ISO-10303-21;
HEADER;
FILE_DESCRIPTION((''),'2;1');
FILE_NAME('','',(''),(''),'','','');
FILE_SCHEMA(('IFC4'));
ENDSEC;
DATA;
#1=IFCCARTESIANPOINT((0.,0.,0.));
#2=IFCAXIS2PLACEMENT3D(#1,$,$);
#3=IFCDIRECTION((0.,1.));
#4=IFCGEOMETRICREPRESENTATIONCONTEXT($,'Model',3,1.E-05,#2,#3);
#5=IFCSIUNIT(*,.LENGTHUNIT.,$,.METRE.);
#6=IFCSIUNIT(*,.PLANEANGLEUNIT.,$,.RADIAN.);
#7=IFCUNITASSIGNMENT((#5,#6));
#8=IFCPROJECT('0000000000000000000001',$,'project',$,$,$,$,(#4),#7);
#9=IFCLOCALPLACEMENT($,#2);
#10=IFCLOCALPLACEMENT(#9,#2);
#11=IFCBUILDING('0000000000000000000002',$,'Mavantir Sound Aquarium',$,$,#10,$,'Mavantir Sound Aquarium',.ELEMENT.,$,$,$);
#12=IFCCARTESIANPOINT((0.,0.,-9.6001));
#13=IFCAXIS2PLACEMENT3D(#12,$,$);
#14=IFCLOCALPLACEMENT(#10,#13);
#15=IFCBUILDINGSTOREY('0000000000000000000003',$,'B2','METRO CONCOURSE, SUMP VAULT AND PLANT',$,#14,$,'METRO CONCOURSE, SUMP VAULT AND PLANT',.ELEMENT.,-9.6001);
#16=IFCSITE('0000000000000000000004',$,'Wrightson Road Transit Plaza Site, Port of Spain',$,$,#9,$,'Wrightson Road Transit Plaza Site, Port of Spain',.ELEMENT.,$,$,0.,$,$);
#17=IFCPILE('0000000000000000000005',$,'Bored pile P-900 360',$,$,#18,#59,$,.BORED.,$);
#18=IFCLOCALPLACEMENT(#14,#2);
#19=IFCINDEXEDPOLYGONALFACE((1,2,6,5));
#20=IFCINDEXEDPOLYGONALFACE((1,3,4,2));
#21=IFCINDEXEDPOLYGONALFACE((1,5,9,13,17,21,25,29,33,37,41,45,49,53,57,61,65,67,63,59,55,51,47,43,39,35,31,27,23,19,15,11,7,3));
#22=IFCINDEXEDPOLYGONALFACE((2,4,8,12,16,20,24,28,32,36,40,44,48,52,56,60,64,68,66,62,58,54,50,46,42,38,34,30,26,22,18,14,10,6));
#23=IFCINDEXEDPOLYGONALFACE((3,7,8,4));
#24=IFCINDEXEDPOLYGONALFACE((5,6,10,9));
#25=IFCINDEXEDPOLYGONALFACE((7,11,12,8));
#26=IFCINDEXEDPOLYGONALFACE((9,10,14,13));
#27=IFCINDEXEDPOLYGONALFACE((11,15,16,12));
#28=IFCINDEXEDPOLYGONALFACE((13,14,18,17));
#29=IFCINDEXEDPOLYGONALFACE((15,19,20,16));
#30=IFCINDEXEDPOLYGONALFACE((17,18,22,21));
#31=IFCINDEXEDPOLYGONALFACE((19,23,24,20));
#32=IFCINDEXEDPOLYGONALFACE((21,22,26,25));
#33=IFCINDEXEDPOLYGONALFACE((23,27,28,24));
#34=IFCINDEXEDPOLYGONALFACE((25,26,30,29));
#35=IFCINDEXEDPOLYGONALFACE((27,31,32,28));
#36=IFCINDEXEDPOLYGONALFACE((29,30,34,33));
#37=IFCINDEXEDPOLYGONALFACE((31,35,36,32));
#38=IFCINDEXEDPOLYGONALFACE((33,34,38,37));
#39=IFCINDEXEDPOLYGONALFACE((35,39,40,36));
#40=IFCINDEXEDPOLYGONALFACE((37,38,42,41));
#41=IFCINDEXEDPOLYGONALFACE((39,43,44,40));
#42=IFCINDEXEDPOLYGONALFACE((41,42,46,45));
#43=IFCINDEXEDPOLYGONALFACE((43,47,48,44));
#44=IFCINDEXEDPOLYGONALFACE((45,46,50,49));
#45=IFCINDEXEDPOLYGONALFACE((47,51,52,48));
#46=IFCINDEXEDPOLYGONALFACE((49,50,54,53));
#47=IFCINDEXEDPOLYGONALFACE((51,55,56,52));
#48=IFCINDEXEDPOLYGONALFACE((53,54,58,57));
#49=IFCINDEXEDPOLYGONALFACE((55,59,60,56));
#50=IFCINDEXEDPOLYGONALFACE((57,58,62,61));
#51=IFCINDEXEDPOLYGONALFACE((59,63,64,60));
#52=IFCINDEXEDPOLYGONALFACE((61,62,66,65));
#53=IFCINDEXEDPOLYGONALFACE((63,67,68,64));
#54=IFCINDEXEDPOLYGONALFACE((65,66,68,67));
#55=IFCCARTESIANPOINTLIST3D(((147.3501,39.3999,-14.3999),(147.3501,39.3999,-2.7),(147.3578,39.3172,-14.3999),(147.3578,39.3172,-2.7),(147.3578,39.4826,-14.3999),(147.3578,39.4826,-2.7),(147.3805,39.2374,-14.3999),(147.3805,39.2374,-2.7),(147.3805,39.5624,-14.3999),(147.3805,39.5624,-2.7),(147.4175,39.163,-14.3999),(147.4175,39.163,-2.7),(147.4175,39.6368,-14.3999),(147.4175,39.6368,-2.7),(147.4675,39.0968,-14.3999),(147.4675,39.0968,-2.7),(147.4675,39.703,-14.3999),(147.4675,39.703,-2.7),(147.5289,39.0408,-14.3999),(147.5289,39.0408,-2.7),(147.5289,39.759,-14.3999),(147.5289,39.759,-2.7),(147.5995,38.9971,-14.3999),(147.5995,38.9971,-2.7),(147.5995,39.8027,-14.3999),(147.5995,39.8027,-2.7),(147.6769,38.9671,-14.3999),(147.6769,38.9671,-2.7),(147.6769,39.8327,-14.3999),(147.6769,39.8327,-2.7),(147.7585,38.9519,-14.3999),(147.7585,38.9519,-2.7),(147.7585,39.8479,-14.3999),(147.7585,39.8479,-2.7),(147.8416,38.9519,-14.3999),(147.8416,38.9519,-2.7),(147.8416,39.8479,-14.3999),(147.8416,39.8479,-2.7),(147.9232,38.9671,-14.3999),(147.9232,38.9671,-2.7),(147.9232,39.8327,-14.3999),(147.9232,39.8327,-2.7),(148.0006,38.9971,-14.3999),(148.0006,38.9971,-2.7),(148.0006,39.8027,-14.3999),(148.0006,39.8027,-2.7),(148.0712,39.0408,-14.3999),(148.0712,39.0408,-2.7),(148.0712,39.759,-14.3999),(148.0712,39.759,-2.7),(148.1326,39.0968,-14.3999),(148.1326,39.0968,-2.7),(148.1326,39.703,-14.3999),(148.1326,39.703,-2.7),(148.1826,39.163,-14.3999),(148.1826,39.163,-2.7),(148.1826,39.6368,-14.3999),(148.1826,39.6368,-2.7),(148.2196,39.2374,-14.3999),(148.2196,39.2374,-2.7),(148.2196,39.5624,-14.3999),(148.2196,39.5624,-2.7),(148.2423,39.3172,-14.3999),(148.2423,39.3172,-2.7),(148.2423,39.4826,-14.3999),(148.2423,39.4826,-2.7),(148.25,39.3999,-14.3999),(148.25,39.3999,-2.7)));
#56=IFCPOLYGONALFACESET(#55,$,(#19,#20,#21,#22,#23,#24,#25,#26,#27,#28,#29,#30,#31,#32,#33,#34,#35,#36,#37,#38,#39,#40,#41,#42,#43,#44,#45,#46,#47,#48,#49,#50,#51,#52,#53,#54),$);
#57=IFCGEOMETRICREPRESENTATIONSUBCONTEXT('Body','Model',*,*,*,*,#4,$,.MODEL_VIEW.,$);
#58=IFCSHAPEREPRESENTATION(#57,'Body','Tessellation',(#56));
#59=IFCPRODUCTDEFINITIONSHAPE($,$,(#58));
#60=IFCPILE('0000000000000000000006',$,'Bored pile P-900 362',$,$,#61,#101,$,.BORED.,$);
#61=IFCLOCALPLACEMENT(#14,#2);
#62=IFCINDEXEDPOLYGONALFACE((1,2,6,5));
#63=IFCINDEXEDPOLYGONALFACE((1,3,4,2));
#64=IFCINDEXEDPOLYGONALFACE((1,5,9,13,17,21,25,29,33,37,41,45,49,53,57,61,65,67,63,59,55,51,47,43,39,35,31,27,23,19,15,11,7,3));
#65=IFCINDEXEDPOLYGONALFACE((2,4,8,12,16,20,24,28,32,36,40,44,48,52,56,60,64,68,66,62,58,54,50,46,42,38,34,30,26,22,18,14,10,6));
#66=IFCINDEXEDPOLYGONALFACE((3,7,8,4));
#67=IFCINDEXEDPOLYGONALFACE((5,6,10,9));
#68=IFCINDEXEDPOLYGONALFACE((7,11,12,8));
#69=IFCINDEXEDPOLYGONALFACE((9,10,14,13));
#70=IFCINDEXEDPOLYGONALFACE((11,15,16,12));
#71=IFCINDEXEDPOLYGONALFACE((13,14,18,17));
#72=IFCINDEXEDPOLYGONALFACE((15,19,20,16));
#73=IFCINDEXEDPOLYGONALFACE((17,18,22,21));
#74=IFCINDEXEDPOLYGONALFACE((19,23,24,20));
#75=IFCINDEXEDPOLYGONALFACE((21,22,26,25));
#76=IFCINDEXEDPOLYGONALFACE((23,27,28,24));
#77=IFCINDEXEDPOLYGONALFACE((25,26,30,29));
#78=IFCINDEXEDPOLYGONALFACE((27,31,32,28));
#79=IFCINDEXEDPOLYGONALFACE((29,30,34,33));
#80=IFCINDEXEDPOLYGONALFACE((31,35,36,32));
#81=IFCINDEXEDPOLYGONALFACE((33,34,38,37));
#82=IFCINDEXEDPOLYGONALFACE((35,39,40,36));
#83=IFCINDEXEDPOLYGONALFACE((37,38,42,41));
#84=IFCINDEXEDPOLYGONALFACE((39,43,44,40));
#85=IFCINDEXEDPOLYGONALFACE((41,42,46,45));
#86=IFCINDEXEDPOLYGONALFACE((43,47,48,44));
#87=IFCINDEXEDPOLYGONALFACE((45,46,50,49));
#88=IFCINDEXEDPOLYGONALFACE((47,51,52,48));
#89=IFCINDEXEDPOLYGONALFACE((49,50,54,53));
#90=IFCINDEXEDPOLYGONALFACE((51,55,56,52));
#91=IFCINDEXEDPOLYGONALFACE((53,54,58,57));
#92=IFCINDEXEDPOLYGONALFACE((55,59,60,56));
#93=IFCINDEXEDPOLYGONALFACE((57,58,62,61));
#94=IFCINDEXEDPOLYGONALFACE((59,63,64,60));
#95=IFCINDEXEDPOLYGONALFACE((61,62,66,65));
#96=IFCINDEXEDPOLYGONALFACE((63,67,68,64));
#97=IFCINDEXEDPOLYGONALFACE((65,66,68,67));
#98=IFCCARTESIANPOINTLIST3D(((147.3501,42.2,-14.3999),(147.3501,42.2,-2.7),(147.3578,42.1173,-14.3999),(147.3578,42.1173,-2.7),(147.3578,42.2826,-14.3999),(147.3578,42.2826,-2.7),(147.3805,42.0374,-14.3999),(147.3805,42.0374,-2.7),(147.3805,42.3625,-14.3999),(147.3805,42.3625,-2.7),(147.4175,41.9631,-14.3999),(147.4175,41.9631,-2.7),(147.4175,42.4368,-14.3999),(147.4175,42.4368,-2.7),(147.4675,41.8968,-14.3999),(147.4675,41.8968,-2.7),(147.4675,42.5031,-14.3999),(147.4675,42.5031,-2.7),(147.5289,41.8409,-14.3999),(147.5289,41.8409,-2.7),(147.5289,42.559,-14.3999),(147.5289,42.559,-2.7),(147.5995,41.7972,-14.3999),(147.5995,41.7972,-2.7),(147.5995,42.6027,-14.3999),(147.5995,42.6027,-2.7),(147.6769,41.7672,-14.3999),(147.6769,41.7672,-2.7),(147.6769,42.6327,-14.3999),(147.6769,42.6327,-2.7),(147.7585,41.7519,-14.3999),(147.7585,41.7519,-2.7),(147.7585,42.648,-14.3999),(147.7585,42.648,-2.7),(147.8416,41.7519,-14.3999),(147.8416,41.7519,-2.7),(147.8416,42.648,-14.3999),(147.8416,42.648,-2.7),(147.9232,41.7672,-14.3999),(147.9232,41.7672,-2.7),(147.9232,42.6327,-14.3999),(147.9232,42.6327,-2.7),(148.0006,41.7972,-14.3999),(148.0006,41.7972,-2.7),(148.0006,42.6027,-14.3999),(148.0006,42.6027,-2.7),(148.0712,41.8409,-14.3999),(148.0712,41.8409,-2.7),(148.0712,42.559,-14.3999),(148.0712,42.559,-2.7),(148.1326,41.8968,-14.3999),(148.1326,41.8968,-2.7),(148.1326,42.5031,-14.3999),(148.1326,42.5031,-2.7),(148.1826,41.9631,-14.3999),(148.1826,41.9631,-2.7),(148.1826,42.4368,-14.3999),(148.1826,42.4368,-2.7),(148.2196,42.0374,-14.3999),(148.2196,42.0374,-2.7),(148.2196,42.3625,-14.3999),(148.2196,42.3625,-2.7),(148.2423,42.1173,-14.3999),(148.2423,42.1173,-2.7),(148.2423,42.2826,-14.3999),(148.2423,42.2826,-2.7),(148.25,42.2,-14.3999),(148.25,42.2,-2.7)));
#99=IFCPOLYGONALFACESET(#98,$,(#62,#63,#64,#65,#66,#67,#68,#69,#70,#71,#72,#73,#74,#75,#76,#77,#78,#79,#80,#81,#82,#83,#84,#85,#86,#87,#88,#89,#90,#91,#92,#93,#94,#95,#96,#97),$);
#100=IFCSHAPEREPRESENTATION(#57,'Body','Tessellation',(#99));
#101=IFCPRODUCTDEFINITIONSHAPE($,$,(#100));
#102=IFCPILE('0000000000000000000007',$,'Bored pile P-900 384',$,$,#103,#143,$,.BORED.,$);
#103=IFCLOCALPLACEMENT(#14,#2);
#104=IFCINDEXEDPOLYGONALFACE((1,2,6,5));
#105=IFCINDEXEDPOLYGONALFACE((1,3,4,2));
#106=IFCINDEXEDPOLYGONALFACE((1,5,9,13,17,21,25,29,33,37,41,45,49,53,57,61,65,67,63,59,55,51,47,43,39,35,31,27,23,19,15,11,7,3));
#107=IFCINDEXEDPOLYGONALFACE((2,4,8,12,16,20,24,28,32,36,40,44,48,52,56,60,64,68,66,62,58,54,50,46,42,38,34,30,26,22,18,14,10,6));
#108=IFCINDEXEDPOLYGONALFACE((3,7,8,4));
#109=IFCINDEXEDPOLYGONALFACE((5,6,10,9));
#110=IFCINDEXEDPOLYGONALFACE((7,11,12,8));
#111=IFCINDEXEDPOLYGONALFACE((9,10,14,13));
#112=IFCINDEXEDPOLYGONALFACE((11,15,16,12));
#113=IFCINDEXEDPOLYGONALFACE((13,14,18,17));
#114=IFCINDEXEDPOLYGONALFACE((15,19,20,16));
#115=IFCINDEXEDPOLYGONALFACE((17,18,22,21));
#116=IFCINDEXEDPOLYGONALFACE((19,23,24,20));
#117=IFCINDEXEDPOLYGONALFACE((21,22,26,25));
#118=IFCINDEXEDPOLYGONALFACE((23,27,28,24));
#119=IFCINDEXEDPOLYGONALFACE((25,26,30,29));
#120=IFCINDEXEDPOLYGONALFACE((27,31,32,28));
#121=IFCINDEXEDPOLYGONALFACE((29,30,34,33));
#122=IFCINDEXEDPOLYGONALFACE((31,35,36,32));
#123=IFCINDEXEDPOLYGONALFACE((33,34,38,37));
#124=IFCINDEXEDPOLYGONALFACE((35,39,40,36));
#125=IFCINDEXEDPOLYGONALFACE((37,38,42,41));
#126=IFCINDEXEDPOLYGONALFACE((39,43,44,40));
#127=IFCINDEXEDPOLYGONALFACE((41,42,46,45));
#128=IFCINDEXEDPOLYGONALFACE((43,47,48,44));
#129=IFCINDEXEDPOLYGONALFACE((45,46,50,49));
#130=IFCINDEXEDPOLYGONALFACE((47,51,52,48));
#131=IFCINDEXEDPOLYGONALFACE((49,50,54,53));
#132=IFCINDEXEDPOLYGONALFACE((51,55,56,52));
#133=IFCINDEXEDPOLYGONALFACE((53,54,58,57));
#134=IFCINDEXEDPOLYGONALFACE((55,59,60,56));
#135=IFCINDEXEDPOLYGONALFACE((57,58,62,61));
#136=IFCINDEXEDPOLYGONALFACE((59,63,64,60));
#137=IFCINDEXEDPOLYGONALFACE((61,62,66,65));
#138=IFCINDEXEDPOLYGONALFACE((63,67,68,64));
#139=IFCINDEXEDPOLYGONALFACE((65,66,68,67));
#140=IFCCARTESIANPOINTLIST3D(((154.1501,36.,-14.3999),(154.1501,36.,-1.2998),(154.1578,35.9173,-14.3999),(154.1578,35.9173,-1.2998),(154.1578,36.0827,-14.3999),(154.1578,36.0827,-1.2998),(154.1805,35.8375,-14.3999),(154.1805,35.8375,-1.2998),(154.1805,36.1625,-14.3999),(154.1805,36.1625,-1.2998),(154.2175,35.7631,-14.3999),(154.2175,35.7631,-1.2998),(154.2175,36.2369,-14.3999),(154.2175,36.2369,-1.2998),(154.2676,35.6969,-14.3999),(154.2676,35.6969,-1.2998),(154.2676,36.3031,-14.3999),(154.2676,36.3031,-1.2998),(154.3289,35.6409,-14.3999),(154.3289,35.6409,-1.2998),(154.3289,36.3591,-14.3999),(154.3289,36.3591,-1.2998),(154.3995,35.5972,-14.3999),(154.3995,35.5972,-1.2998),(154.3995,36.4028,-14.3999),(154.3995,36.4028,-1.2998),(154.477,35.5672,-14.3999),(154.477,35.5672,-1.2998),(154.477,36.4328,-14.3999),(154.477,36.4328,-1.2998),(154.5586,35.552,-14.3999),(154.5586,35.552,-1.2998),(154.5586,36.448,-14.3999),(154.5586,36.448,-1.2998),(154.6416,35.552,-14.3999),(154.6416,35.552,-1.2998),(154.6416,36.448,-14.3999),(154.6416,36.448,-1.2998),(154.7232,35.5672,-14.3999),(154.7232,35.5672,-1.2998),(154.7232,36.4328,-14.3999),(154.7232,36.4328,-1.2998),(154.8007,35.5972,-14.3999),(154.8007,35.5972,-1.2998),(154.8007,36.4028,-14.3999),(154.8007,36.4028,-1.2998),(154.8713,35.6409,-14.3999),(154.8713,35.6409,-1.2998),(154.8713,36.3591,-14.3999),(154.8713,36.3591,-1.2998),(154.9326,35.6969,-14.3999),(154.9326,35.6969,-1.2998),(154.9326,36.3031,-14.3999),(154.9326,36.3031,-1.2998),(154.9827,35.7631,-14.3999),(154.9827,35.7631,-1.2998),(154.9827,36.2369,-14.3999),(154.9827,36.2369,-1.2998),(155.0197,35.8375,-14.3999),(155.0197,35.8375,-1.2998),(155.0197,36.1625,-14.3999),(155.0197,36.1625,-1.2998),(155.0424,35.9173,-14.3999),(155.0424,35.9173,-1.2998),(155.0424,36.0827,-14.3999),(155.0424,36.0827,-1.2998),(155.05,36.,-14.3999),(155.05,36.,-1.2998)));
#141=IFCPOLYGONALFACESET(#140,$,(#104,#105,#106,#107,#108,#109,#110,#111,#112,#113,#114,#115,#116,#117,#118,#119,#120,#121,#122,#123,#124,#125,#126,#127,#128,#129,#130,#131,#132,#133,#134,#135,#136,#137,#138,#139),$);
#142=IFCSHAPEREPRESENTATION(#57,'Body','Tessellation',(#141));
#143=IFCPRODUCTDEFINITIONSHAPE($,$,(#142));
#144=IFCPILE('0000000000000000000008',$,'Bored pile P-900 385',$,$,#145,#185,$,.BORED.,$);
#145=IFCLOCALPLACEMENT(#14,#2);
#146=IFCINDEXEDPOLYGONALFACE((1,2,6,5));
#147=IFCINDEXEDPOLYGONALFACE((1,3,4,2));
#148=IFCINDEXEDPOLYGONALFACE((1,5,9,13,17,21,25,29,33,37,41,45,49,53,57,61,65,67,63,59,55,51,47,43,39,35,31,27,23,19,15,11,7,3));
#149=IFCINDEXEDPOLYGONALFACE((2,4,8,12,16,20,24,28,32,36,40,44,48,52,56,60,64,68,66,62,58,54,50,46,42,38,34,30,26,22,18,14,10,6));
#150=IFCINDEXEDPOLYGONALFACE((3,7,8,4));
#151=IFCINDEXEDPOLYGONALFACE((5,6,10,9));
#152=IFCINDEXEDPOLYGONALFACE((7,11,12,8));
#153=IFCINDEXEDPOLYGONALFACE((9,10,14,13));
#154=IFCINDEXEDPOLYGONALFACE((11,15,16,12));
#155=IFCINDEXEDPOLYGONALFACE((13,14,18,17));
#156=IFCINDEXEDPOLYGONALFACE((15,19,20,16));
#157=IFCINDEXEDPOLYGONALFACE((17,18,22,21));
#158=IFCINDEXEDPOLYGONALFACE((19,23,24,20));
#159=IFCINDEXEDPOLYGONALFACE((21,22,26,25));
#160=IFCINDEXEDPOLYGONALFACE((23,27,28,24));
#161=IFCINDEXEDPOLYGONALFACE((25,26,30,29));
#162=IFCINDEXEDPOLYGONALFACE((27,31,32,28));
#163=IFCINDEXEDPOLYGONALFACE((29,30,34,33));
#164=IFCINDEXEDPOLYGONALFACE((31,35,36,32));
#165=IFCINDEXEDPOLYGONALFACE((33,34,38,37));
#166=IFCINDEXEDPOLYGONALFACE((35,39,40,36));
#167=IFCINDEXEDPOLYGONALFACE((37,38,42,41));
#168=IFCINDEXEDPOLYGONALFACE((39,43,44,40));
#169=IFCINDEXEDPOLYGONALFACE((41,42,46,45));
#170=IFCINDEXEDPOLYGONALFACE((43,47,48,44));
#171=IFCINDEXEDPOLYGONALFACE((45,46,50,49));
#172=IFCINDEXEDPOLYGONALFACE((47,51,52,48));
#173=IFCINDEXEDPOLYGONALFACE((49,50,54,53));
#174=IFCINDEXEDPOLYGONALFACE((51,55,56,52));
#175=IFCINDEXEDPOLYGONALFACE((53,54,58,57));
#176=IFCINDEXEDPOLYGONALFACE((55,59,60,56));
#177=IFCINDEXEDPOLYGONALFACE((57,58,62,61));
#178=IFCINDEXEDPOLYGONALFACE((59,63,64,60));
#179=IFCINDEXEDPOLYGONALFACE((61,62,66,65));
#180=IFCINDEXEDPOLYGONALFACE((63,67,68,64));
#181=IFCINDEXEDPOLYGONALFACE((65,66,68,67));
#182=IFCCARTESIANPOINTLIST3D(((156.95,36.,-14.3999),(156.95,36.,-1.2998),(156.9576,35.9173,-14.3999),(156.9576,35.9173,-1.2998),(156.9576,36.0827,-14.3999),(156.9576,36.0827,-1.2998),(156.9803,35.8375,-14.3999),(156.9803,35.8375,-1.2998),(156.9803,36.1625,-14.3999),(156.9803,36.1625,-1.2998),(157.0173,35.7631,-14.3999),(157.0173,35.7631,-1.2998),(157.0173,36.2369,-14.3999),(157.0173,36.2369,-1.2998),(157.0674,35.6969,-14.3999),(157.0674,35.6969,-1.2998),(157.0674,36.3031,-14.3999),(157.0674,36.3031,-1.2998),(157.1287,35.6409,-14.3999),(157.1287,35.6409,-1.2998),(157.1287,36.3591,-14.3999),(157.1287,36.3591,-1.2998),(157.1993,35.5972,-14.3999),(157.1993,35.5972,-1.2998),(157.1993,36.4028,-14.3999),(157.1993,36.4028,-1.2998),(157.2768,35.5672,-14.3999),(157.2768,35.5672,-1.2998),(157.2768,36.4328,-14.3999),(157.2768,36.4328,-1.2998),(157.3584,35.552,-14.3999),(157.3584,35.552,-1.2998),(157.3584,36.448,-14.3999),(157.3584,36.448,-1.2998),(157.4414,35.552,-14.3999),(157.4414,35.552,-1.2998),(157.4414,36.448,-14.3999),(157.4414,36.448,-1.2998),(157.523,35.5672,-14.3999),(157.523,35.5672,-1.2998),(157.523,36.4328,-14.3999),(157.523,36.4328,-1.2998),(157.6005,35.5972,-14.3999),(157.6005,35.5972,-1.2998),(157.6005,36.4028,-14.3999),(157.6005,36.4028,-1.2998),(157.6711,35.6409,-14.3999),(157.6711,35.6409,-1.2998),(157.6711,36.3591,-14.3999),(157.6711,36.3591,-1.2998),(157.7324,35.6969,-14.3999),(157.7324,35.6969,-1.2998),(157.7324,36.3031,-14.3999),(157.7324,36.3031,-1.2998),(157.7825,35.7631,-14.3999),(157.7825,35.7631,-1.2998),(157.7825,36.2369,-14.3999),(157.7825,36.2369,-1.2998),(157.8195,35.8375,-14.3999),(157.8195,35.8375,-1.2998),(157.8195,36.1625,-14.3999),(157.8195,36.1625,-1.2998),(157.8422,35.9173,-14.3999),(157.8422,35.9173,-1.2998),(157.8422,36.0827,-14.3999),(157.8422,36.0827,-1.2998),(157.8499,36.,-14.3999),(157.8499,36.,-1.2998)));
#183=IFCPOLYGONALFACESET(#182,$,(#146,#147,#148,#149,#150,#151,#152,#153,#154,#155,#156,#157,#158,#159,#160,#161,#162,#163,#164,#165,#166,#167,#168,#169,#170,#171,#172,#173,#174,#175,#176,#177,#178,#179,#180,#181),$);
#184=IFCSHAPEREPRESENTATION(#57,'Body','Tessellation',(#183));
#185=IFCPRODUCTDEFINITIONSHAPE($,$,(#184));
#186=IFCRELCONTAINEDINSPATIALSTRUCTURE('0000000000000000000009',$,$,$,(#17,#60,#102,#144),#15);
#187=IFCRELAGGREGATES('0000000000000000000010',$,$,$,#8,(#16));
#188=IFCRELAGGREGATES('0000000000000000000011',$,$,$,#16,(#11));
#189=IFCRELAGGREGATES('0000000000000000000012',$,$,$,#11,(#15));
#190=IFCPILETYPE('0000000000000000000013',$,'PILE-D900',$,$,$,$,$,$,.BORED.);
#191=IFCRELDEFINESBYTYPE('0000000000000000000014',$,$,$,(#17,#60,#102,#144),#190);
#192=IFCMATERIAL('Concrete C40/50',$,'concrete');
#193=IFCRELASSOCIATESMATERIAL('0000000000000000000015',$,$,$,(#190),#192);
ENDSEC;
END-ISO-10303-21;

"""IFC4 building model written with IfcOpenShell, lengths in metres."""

from ifc_helpers import new_model, si_unit, direction, frame, origin, origin_2d, place, context, subcontext, project, spatial, circle, extrude, material, material_profile, profile_set, type_object, element, save


model = new_model("IFC4")

# Units and contexts
model_context = context("Model", 3, precision=1e-05, world=origin(), true_north=direction((0.0, 1.0)))
body_context = subcontext(model_context, "Body", "Model", "MODEL_VIEW")
ifc_project = project(units=[si_unit("LENGTHUNIT", "METRE"), si_unit("PLANEANGLEUNIT", "RADIAN")], contexts=[model_context])

# Site, building, storey
site_placement = place(None, origin())
site = spatial("IfcSite", under=ifc_project, at=site_placement, Name="Wrightson Road Transit Plaza Site, Port of Spain", LongName="Wrightson Road Transit Plaza Site, Port of Spain", CompositionType="ELEMENT", RefElevation=0.0)
building_placement = place(site_placement, origin())
building = spatial("IfcBuilding", under=site, at=building_placement, Name="Mavantir Sound Aquarium", LongName="Mavantir Sound Aquarium", CompositionType="ELEMENT")
storey_placement = place(building_placement, frame((0.0, 0.0, -9.6001)))
storey = spatial("IfcBuildingStorey", under=building, at=storey_placement, Name="B2", Description="METRO CONCOURSE, SUMP VAULT AND PLANT", LongName="METRO CONCOURSE, SUMP VAULT AND PLANT", CompositionType="ELEMENT", Elevation=-9.6001)

# Shared definitions
ifc_material_1 = material(Name="Concrete C40/50", Category="concrete")

# Piles
ifc_material_profile_1 = material_profile(ifc_material_1, circle(Radius=0.45, at=origin_2d()), Name="PILE D900")
ifc_profile_set_1 = profile_set([ifc_material_profile_1], Name="Concrete C40/50")
pile_type = type_object("IfcPileType", Name="PILE-D900", PredefinedType="BORED", material=ifc_profile_set_1)
for number, where, z_axis, x_axis, name in (
    (1, (147.8, 39.3999, -2.7), (0.0, 0.0, -1.0), (1.0, 0.0, 0.0), "Bored pile P-900 360"),
    (2, (147.8, 42.2, -2.7), (0.0, 0.0, -1.0), (1.0, 0.0, 0.0), "Bored pile P-900 362"),
):
    element("IfcPile", number, at=place(storey_placement, frame(where, z_axis=z_axis, x_axis=x_axis)), inside=storey, type_object=pile_type, Name=name, PredefinedType="BORED", context=body_context, shape_type="SweptSolid", body=[
        extrude(circle(Radius=0.45, at=origin_2d()), origin(), (0.0, 0.0, 1.0), 11.7),
    ])
for number, where, z_axis, x_axis, name in (
    (3, (154.6001, 36.0, -1.2998), (0.0, 0.0, -1.0), (1.0, 0.0, 0.0), "Bored pile P-900 384"),
    (4, (157.3999, 36.0, -1.2998), (0.0, 0.0, -1.0), (1.0, 0.0, 0.0), "Bored pile P-900 385"),
):
    element("IfcPile", number, at=place(storey_placement, frame(where, z_axis=z_axis, x_axis=x_axis)), inside=storey, type_object=pile_type, Name=name, PredefinedType="BORED", context=body_context, shape_type="SweptSolid", body=[
        extrude(circle(Radius=0.45, at=origin_2d()), origin(), (0.0, 0.0, 1.0), 13.1001),
    ])

save(model, "model.ifc")
